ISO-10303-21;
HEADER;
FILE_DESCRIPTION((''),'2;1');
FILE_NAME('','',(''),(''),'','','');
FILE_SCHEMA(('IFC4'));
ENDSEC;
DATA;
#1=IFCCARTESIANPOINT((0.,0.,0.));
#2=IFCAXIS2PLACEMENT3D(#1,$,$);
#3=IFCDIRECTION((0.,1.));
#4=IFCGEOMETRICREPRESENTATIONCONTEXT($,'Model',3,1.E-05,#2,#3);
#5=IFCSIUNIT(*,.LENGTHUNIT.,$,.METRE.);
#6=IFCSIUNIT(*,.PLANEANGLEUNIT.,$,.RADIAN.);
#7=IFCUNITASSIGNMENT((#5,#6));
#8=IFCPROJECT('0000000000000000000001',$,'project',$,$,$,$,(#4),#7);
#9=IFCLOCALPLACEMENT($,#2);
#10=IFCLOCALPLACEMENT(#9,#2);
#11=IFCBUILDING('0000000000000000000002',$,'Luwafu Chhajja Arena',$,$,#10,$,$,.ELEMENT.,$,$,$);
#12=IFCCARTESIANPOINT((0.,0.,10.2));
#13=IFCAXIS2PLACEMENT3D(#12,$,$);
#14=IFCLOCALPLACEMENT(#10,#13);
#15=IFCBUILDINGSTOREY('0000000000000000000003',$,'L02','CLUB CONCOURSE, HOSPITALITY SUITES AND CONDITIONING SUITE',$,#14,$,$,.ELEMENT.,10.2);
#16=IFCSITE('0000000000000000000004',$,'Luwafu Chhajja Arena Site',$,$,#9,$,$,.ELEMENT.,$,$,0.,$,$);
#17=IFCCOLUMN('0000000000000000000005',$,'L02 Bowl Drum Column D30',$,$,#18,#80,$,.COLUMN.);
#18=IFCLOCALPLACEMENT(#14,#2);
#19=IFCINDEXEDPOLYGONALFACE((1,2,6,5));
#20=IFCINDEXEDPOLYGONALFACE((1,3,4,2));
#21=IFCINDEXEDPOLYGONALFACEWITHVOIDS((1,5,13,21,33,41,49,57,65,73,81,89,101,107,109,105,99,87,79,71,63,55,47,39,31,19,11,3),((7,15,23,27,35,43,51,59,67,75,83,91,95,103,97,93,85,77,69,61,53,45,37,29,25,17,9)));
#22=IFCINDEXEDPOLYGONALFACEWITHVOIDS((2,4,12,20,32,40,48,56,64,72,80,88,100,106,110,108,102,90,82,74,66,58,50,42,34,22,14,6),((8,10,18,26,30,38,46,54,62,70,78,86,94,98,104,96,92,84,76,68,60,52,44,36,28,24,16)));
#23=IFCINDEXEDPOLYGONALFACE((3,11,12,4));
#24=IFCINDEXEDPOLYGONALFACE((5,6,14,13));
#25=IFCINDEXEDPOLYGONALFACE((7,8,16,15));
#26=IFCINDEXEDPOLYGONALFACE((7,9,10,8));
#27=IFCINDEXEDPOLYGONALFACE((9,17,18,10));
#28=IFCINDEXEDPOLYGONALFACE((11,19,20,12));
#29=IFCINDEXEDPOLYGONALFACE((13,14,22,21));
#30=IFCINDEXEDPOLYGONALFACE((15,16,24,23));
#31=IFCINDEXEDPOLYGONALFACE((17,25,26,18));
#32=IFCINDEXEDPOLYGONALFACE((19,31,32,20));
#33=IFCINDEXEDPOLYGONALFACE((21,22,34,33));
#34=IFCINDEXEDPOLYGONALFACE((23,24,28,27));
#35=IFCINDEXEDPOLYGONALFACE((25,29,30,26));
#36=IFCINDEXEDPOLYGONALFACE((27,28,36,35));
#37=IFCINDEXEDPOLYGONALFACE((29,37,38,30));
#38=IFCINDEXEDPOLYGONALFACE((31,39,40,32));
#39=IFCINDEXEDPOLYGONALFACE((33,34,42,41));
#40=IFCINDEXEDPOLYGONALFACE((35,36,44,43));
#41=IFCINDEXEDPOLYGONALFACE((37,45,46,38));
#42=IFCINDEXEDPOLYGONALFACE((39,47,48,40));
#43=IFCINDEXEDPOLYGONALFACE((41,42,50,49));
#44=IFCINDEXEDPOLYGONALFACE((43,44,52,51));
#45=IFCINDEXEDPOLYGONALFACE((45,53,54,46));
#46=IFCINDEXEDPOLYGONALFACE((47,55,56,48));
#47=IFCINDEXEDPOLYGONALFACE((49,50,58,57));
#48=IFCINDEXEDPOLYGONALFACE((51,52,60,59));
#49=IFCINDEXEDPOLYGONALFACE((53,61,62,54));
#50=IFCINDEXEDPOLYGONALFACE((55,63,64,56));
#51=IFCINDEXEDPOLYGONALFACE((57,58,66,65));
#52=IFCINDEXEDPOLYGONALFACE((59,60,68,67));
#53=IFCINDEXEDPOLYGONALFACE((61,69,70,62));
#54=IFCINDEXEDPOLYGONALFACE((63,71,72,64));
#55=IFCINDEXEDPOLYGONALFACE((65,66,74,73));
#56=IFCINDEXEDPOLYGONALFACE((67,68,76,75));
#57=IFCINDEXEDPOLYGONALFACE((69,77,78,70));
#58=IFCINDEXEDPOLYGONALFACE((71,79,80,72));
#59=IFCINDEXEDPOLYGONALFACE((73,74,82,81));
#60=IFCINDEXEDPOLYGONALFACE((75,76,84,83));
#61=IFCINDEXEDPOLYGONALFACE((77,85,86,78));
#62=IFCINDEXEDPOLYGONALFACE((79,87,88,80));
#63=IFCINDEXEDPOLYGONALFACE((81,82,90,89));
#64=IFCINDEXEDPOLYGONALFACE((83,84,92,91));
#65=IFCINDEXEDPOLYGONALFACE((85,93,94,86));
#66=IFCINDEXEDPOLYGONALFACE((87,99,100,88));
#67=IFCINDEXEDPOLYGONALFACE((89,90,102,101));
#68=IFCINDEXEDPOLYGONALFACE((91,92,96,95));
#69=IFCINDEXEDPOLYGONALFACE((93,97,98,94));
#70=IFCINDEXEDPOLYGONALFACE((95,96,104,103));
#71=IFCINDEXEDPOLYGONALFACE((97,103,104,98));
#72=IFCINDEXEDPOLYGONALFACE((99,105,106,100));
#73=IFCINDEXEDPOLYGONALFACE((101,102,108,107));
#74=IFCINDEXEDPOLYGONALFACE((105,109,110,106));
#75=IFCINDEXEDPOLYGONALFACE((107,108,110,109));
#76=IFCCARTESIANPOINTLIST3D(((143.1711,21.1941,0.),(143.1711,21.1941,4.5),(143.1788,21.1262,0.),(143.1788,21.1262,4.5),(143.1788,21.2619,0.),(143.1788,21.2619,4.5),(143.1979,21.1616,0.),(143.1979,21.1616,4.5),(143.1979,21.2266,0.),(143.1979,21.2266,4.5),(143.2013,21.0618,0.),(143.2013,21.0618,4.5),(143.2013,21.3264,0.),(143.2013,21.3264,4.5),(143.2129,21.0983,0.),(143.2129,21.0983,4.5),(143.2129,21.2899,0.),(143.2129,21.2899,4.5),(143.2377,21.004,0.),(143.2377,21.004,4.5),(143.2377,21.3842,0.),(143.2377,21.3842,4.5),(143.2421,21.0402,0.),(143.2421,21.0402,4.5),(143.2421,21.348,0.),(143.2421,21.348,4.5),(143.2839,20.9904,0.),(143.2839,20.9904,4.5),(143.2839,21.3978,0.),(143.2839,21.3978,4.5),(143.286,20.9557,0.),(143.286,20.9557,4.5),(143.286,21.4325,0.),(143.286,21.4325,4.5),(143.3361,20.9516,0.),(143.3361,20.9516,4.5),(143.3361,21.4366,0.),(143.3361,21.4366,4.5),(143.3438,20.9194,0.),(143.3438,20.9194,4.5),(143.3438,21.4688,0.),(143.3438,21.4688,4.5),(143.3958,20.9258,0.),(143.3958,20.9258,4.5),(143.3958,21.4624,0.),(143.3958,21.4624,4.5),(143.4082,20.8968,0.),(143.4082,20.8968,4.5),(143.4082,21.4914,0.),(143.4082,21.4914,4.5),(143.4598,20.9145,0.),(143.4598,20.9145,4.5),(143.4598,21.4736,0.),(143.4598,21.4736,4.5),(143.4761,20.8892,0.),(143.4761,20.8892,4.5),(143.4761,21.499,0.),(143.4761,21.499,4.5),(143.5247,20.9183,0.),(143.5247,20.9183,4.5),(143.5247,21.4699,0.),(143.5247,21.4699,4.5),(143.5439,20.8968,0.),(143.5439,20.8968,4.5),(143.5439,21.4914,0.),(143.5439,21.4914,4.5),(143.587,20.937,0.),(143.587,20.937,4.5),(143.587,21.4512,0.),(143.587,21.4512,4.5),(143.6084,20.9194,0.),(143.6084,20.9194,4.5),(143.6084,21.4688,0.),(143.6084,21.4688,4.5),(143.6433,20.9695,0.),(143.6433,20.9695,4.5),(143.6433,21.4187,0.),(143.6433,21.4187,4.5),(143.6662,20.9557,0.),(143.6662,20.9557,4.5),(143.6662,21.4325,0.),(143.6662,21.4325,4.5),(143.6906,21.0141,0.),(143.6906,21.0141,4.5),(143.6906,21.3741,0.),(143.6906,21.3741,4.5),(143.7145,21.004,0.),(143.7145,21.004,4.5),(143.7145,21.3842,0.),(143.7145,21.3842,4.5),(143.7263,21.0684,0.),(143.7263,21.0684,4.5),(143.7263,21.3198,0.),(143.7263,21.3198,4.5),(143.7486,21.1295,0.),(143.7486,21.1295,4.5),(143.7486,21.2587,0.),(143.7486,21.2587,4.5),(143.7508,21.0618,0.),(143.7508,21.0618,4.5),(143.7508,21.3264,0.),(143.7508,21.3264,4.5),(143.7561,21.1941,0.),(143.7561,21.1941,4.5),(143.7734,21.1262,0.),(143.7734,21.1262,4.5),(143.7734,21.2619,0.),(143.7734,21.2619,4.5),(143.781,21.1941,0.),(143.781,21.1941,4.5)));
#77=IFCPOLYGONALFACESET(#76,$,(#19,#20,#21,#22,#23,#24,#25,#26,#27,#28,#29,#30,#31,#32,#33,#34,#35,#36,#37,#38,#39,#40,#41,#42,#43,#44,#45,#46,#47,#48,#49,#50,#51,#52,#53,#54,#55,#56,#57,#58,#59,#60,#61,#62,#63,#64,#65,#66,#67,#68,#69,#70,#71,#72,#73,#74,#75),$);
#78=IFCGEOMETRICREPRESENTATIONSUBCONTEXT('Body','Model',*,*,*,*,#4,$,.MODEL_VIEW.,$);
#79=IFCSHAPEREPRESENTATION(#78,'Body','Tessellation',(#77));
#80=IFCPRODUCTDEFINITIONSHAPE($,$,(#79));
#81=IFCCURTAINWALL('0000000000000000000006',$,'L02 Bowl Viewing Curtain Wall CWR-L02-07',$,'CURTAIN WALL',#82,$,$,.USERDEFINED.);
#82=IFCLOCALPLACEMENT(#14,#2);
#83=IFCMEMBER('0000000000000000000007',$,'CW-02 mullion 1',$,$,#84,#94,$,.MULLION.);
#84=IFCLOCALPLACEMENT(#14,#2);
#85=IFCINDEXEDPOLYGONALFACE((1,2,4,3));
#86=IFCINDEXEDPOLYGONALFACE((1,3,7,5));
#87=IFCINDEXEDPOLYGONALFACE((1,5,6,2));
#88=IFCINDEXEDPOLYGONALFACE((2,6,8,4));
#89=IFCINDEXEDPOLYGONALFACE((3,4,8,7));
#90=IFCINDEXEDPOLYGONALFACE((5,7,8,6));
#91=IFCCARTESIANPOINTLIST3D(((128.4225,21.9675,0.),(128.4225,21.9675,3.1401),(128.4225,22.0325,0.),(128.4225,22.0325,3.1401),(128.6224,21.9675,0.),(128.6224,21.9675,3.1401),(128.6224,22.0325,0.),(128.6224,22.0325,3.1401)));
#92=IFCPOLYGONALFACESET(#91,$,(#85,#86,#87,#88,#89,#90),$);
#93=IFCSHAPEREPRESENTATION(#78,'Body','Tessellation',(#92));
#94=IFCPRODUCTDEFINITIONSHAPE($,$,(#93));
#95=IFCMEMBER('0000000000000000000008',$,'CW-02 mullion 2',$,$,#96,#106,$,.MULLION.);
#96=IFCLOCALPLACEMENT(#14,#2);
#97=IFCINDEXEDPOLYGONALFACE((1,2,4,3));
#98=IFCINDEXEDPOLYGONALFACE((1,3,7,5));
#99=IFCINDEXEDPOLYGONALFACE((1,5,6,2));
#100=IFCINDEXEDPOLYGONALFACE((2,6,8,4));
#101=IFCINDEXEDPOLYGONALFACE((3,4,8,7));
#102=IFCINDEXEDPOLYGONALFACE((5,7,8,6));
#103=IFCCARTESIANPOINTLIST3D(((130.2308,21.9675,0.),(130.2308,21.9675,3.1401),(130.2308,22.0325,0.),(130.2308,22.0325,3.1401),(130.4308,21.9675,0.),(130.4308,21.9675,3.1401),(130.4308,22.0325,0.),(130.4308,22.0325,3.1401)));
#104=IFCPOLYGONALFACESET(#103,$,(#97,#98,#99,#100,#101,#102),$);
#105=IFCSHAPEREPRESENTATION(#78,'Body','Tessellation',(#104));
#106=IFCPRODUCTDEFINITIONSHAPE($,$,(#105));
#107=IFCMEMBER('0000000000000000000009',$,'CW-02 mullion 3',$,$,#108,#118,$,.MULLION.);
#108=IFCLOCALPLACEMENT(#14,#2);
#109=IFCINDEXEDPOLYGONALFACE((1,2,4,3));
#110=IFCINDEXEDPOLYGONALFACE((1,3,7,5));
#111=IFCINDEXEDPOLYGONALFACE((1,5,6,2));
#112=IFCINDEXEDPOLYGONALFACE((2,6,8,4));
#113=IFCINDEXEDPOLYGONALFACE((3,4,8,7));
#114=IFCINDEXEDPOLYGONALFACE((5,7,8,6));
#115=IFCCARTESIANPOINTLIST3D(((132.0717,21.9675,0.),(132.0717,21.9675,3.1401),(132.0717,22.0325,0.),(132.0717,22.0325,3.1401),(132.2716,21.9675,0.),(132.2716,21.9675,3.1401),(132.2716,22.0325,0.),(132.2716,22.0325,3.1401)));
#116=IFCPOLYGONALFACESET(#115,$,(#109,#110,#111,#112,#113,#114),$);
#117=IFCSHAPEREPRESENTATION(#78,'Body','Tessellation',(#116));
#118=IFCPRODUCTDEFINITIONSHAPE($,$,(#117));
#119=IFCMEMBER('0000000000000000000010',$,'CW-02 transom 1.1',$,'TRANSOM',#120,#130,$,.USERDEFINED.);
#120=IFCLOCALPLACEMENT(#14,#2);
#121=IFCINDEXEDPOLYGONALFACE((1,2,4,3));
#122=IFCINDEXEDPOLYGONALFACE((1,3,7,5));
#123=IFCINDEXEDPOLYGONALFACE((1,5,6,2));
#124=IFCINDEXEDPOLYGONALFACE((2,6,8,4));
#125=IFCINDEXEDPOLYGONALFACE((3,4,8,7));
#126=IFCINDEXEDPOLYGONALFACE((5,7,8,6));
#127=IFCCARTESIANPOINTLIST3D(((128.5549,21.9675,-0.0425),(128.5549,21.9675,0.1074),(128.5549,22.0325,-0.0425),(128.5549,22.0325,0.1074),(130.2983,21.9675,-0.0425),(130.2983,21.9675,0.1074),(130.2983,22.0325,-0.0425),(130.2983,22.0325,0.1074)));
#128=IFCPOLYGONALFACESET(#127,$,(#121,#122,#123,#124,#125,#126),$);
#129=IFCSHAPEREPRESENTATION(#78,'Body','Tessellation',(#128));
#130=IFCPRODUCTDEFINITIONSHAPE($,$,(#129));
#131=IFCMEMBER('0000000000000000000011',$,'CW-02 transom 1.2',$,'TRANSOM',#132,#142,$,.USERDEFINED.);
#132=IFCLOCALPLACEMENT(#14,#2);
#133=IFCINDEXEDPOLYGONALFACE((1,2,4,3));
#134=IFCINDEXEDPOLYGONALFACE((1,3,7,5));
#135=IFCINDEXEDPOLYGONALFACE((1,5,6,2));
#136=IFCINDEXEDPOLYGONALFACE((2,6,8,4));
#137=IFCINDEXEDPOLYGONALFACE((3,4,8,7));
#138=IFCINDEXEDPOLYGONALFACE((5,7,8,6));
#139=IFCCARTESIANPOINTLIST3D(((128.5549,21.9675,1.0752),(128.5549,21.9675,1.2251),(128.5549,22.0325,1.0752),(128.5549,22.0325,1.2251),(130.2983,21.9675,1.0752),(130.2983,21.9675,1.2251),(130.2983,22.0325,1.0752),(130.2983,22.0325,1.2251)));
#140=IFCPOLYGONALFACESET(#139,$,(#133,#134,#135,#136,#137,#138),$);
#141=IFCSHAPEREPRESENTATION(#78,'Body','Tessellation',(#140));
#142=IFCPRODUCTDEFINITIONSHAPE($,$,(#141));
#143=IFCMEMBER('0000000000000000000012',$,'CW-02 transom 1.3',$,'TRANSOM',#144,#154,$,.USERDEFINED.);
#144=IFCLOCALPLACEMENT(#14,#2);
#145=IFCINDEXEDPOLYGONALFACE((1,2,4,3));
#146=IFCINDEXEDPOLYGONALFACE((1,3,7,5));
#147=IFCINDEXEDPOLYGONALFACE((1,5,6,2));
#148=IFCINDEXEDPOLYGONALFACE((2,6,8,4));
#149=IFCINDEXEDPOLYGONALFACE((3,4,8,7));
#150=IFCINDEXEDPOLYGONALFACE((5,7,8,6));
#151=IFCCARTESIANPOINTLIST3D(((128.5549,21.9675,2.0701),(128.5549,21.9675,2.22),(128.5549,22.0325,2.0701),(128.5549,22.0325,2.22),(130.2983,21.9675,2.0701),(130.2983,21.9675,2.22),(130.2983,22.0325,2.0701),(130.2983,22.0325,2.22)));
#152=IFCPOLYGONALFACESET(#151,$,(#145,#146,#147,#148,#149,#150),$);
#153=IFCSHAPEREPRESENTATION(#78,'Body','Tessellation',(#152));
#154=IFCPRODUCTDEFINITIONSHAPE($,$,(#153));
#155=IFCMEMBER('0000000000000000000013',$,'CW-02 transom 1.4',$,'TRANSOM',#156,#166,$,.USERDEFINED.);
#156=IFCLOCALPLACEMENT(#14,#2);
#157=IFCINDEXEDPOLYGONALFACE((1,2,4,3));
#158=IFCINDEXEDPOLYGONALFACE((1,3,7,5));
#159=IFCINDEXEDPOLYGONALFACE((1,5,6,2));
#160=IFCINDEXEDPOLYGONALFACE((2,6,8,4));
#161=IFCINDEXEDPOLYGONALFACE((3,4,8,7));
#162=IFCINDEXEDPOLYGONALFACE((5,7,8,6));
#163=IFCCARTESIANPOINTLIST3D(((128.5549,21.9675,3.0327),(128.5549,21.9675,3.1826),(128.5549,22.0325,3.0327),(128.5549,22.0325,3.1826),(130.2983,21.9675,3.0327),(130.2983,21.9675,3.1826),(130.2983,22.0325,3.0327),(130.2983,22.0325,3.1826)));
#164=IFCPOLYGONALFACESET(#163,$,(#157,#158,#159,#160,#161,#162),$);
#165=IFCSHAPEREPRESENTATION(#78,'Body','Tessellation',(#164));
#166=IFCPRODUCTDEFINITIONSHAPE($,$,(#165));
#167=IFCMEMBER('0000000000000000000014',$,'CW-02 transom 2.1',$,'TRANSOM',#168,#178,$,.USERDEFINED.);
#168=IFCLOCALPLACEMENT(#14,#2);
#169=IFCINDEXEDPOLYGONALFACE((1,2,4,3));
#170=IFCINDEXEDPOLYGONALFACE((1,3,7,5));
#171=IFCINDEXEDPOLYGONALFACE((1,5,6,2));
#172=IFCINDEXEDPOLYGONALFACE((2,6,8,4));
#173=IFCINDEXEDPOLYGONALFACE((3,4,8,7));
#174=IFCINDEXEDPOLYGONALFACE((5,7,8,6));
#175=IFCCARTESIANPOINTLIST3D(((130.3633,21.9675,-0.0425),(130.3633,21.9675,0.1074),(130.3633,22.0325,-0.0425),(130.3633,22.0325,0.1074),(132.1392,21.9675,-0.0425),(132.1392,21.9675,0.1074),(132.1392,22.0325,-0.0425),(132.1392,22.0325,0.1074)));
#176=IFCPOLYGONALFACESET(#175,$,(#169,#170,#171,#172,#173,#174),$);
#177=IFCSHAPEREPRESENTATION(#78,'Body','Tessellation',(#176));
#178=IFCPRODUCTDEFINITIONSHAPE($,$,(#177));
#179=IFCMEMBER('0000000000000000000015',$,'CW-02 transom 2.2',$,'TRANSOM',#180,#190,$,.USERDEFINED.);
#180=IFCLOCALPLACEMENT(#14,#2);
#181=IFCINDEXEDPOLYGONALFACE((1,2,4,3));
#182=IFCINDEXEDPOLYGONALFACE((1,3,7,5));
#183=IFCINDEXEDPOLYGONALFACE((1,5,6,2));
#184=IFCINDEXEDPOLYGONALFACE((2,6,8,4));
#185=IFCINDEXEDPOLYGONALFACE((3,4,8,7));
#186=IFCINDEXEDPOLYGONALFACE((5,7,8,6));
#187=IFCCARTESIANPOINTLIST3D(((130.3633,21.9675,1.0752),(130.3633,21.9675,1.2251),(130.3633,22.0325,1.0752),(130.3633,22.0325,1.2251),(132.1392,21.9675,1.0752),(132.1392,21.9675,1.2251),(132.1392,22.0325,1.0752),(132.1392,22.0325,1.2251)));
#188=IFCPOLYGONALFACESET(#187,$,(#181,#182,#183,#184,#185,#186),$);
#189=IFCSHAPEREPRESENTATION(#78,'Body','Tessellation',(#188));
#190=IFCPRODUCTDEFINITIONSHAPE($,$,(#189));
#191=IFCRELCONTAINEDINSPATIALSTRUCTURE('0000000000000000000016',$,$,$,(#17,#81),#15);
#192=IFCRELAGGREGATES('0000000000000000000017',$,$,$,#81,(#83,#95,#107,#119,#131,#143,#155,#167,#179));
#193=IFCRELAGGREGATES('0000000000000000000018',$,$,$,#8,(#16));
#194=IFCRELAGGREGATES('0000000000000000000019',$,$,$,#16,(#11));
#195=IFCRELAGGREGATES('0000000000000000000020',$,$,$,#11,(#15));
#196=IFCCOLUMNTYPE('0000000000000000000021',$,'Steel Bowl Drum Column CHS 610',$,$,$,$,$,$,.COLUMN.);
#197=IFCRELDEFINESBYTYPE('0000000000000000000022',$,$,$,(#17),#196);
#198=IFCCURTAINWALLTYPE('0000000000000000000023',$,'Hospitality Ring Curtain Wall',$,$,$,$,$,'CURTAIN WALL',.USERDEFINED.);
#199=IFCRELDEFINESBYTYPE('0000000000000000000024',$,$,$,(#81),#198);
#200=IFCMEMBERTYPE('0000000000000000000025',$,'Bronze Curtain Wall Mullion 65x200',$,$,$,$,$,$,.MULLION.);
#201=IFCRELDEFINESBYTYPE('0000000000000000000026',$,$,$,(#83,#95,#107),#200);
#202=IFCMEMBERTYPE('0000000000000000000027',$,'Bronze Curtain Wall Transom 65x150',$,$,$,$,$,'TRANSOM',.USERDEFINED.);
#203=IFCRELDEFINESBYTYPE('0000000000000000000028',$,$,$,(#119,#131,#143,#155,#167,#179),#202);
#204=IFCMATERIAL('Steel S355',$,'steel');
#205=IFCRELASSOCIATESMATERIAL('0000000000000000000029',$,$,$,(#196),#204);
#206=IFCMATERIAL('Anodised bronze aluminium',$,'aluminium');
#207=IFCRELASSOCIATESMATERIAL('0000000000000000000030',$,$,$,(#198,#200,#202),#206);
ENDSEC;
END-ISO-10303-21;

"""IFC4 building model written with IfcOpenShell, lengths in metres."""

from ifc_helpers import new_model, si_unit, direction, frame, origin, origin_2d, place, context, subcontext, project, spatial, rectangle, hollow_circle, extrude, material, material_profile, profile_set, type_object, element, aggregate, save


model = new_model("IFC4")

# Units and contexts
model_context = context("Model", 3, precision=1e-05, world=origin(), true_north=direction((0.0, 1.0)))
body_context = subcontext(model_context, "Body", "Model", "MODEL_VIEW")
ifc_project = project(units=[si_unit("LENGTHUNIT", "METRE"), si_unit("PLANEANGLEUNIT", "RADIAN")], contexts=[model_context])

# Site, building, storey
site_placement = place(None, origin())
site = spatial("IfcSite", under=ifc_project, at=site_placement, Name="Luwafu Chhajja Arena Site", CompositionType="ELEMENT", RefElevation=0.0)
building_placement = place(site_placement, origin())
building = spatial("IfcBuilding", under=site, at=building_placement, Name="Luwafu Chhajja Arena", CompositionType="ELEMENT")
storey_placement = place(building_placement, frame((0.0, 0.0, 10.2)))
storey = spatial("IfcBuildingStorey", under=building, at=storey_placement, Name="L02", Description="CLUB CONCOURSE, HOSPITALITY SUITES AND CONDITIONING SUITE", CompositionType="ELEMENT", Elevation=10.2)

# Column
ifc_material_1 = material(Name="Steel S355", Category="steel")
ifc_material_profile_1 = material_profile(ifc_material_1, hollow_circle(Radius=0.3049, WallThickness=0.0249, at=origin_2d()), Name="CHS 610x25")
ifc_profile_set_1 = profile_set([ifc_material_profile_1], Name="Steel S355")
column_type = type_object("IfcColumnType", Name="Steel Bowl Drum Column CHS 610", PredefinedType="COLUMN", material=ifc_profile_set_1)
column_placement = place(storey_placement, frame((143.4761, 21.1941, 0.0), z_axis=(0.0, 0.0, 1.0), x_axis=(1.0, 0.0, 0.0)))
element("IfcColumn", 1, at=column_placement, inside=storey, type_object=column_type, Name="L02 Bowl Drum Column D30", PredefinedType="COLUMN", context=body_context, shape_type="SweptSolid", body=[
    extrude(hollow_circle(Radius=0.3049, WallThickness=0.0249, at=origin_2d()), origin(), (0.0, 0.0, 1.0), 4.5),
])

# Curtain wall, members
ifc_material_2 = material(Name="Anodised bronze aluminium", Category="aluminium")
curtain_wall_type = type_object("IfcCurtainWallType", Name="Hospitality Ring Curtain Wall", ElementType="CURTAIN WALL", PredefinedType="USERDEFINED", material=ifc_material_2)
curtain_wall_placement = place(storey_placement, origin())
curtain_wall = element("IfcCurtainWall", 2, at=curtain_wall_placement, inside=storey, type_object=curtain_wall_type, Name="L02 Bowl Viewing Curtain Wall CWR-L02-07", ObjectType="CURTAIN WALL", PredefinedType="USERDEFINED")
ifc_material_profile_2 = material_profile(ifc_material_2, rectangle(XDim=0.0649, YDim=0.2, at=origin_2d()), Name="CWM 65x200")
ifc_profile_set_2 = profile_set([ifc_material_profile_2], Name="Anodised bronze aluminium")
member_type_1 = type_object("IfcMemberType", Name="Bronze Curtain Wall Mullion 65x200", PredefinedType="MULLION", material=ifc_profile_set_2)
member_1_placement = place(storey_placement, frame((128.5225, 22.0, 0.0), z_axis=(0.0, 0.0, 1.0), x_axis=(0.0, 1.0, 0.0)))
member_1 = element("IfcMember", 3, at=member_1_placement, type_object=member_type_1, Name="CW-02 mullion 1", PredefinedType="MULLION", context=body_context, shape_type="SweptSolid", body=[
    extrude(rectangle(XDim=0.0649, YDim=0.2, at=origin_2d()), origin(), (0.0, 0.0, 1.0), 3.1401),
])
member_2_placement = place(storey_placement, frame((130.3308, 22.0, 0.0), z_axis=(0.0, 0.0, 1.0), x_axis=(0.0, 1.0, 0.0)))
member_2 = element("IfcMember", 4, at=member_2_placement, type_object=member_type_1, Name="CW-02 mullion 2", PredefinedType="MULLION", context=body_context, shape_type="SweptSolid", body=[
    extrude(rectangle(XDim=0.0649, YDim=0.2, at=origin_2d()), origin(), (0.0, 0.0, 1.0), 3.1401),
])
member_3_placement = place(storey_placement, frame((132.1716, 22.0, 0.0), z_axis=(0.0, 0.0, 1.0), x_axis=(0.0, 1.0, 0.0)))
member_3 = element("IfcMember", 5, at=member_3_placement, type_object=member_type_1, Name="CW-02 mullion 3", PredefinedType="MULLION", context=body_context, shape_type="SweptSolid", body=[
    extrude(rectangle(XDim=0.0649, YDim=0.2, at=origin_2d()), origin(), (0.0, 0.0, 1.0), 3.1401),
])
ifc_material_profile_3 = material_profile(ifc_material_2, rectangle(XDim=0.0649, YDim=0.1499, at=origin_2d()), Name="CWT 65x150")
ifc_profile_set_3 = profile_set([ifc_material_profile_3], Name="Anodised bronze aluminium")
member_type_2 = type_object("IfcMemberType", Name="Bronze Curtain Wall Transom 65x150", ElementType="TRANSOM", PredefinedType="USERDEFINED", material=ifc_profile_set_3)
member_4_placement = place(storey_placement, frame((128.5549, 22.0, 0.0325), z_axis=(1.0, 0.0, 0.0), x_axis=(0.0, 1.0, 0.0)))
member_4 = element("IfcMember", 6, at=member_4_placement, type_object=member_type_2, Name="CW-02 transom 1.1", ObjectType="TRANSOM", PredefinedType="USERDEFINED", context=body_context, shape_type="SweptSolid", body=[
    extrude(rectangle(XDim=0.0649, YDim=0.1499, at=origin_2d()), origin(), (0.0, 0.0, 1.0), 1.7434),
])
member_5_placement = place(storey_placement, frame((128.5549, 22.0, 1.1501), z_axis=(1.0, 0.0, 0.0), x_axis=(0.0, 1.0, 0.0)))
member_5 = element("IfcMember", 7, at=member_5_placement, type_object=member_type_2, Name="CW-02 transom 1.2", ObjectType="TRANSOM", PredefinedType="USERDEFINED", context=body_context, shape_type="SweptSolid", body=[
    extrude(rectangle(XDim=0.0649, YDim=0.1499, at=origin_2d()), origin(), (0.0, 0.0, 1.0), 1.7434),
])
member_6_placement = place(storey_placement, frame((128.5549, 22.0, 2.145), z_axis=(1.0, 0.0, 0.0), x_axis=(0.0, 1.0, 0.0)))
member_6 = element("IfcMember", 8, at=member_6_placement, type_object=member_type_2, Name="CW-02 transom 1.3", ObjectType="TRANSOM", PredefinedType="USERDEFINED", context=body_context, shape_type="SweptSolid", body=[
    extrude(rectangle(XDim=0.0649, YDim=0.1499, at=origin_2d()), origin(), (0.0, 0.0, 1.0), 1.7434),
])
member_7_placement = place(storey_placement, frame((128.5549, 22.0, 3.1077), z_axis=(1.0, 0.0, 0.0), x_axis=(0.0, 1.0, 0.0)))
member_7 = element("IfcMember", 9, at=member_7_placement, type_object=member_type_2, Name="CW-02 transom 1.4", ObjectType="TRANSOM", PredefinedType="USERDEFINED", context=body_context, shape_type="SweptSolid", body=[
    extrude(rectangle(XDim=0.0649, YDim=0.1499, at=origin_2d()), origin(), (0.0, 0.0, 1.0), 1.7434),
])
member_8_placement = place(storey_placement, frame((130.3633, 22.0, 0.0325), z_axis=(1.0, 0.0, 0.0), x_axis=(0.0, 1.0, 0.0)))
member_8 = element("IfcMember", 10, at=member_8_placement, type_object=member_type_2, Name="CW-02 transom 2.1", ObjectType="TRANSOM", PredefinedType="USERDEFINED", context=body_context, shape_type="SweptSolid", body=[
    extrude(rectangle(XDim=0.0649, YDim=0.1499, at=origin_2d()), origin(), (0.0, 0.0, 1.0), 1.7759),
])
member_9_placement = place(storey_placement, frame((130.3633, 22.0, 1.1501), z_axis=(1.0, 0.0, 0.0), x_axis=(0.0, 1.0, 0.0)))
member_9 = element("IfcMember", 11, at=member_9_placement, type_object=member_type_2, Name="CW-02 transom 2.2", ObjectType="TRANSOM", PredefinedType="USERDEFINED", context=body_context, shape_type="SweptSolid", body=[
    extrude(rectangle(XDim=0.0649, YDim=0.1499, at=origin_2d()), origin(), (0.0, 0.0, 1.0), 1.7759),
])

aggregate(curtain_wall, [member_1, member_2, member_3, member_4, member_5, member_6, member_7, member_8, member_9])

save(model, "model.ifc")
